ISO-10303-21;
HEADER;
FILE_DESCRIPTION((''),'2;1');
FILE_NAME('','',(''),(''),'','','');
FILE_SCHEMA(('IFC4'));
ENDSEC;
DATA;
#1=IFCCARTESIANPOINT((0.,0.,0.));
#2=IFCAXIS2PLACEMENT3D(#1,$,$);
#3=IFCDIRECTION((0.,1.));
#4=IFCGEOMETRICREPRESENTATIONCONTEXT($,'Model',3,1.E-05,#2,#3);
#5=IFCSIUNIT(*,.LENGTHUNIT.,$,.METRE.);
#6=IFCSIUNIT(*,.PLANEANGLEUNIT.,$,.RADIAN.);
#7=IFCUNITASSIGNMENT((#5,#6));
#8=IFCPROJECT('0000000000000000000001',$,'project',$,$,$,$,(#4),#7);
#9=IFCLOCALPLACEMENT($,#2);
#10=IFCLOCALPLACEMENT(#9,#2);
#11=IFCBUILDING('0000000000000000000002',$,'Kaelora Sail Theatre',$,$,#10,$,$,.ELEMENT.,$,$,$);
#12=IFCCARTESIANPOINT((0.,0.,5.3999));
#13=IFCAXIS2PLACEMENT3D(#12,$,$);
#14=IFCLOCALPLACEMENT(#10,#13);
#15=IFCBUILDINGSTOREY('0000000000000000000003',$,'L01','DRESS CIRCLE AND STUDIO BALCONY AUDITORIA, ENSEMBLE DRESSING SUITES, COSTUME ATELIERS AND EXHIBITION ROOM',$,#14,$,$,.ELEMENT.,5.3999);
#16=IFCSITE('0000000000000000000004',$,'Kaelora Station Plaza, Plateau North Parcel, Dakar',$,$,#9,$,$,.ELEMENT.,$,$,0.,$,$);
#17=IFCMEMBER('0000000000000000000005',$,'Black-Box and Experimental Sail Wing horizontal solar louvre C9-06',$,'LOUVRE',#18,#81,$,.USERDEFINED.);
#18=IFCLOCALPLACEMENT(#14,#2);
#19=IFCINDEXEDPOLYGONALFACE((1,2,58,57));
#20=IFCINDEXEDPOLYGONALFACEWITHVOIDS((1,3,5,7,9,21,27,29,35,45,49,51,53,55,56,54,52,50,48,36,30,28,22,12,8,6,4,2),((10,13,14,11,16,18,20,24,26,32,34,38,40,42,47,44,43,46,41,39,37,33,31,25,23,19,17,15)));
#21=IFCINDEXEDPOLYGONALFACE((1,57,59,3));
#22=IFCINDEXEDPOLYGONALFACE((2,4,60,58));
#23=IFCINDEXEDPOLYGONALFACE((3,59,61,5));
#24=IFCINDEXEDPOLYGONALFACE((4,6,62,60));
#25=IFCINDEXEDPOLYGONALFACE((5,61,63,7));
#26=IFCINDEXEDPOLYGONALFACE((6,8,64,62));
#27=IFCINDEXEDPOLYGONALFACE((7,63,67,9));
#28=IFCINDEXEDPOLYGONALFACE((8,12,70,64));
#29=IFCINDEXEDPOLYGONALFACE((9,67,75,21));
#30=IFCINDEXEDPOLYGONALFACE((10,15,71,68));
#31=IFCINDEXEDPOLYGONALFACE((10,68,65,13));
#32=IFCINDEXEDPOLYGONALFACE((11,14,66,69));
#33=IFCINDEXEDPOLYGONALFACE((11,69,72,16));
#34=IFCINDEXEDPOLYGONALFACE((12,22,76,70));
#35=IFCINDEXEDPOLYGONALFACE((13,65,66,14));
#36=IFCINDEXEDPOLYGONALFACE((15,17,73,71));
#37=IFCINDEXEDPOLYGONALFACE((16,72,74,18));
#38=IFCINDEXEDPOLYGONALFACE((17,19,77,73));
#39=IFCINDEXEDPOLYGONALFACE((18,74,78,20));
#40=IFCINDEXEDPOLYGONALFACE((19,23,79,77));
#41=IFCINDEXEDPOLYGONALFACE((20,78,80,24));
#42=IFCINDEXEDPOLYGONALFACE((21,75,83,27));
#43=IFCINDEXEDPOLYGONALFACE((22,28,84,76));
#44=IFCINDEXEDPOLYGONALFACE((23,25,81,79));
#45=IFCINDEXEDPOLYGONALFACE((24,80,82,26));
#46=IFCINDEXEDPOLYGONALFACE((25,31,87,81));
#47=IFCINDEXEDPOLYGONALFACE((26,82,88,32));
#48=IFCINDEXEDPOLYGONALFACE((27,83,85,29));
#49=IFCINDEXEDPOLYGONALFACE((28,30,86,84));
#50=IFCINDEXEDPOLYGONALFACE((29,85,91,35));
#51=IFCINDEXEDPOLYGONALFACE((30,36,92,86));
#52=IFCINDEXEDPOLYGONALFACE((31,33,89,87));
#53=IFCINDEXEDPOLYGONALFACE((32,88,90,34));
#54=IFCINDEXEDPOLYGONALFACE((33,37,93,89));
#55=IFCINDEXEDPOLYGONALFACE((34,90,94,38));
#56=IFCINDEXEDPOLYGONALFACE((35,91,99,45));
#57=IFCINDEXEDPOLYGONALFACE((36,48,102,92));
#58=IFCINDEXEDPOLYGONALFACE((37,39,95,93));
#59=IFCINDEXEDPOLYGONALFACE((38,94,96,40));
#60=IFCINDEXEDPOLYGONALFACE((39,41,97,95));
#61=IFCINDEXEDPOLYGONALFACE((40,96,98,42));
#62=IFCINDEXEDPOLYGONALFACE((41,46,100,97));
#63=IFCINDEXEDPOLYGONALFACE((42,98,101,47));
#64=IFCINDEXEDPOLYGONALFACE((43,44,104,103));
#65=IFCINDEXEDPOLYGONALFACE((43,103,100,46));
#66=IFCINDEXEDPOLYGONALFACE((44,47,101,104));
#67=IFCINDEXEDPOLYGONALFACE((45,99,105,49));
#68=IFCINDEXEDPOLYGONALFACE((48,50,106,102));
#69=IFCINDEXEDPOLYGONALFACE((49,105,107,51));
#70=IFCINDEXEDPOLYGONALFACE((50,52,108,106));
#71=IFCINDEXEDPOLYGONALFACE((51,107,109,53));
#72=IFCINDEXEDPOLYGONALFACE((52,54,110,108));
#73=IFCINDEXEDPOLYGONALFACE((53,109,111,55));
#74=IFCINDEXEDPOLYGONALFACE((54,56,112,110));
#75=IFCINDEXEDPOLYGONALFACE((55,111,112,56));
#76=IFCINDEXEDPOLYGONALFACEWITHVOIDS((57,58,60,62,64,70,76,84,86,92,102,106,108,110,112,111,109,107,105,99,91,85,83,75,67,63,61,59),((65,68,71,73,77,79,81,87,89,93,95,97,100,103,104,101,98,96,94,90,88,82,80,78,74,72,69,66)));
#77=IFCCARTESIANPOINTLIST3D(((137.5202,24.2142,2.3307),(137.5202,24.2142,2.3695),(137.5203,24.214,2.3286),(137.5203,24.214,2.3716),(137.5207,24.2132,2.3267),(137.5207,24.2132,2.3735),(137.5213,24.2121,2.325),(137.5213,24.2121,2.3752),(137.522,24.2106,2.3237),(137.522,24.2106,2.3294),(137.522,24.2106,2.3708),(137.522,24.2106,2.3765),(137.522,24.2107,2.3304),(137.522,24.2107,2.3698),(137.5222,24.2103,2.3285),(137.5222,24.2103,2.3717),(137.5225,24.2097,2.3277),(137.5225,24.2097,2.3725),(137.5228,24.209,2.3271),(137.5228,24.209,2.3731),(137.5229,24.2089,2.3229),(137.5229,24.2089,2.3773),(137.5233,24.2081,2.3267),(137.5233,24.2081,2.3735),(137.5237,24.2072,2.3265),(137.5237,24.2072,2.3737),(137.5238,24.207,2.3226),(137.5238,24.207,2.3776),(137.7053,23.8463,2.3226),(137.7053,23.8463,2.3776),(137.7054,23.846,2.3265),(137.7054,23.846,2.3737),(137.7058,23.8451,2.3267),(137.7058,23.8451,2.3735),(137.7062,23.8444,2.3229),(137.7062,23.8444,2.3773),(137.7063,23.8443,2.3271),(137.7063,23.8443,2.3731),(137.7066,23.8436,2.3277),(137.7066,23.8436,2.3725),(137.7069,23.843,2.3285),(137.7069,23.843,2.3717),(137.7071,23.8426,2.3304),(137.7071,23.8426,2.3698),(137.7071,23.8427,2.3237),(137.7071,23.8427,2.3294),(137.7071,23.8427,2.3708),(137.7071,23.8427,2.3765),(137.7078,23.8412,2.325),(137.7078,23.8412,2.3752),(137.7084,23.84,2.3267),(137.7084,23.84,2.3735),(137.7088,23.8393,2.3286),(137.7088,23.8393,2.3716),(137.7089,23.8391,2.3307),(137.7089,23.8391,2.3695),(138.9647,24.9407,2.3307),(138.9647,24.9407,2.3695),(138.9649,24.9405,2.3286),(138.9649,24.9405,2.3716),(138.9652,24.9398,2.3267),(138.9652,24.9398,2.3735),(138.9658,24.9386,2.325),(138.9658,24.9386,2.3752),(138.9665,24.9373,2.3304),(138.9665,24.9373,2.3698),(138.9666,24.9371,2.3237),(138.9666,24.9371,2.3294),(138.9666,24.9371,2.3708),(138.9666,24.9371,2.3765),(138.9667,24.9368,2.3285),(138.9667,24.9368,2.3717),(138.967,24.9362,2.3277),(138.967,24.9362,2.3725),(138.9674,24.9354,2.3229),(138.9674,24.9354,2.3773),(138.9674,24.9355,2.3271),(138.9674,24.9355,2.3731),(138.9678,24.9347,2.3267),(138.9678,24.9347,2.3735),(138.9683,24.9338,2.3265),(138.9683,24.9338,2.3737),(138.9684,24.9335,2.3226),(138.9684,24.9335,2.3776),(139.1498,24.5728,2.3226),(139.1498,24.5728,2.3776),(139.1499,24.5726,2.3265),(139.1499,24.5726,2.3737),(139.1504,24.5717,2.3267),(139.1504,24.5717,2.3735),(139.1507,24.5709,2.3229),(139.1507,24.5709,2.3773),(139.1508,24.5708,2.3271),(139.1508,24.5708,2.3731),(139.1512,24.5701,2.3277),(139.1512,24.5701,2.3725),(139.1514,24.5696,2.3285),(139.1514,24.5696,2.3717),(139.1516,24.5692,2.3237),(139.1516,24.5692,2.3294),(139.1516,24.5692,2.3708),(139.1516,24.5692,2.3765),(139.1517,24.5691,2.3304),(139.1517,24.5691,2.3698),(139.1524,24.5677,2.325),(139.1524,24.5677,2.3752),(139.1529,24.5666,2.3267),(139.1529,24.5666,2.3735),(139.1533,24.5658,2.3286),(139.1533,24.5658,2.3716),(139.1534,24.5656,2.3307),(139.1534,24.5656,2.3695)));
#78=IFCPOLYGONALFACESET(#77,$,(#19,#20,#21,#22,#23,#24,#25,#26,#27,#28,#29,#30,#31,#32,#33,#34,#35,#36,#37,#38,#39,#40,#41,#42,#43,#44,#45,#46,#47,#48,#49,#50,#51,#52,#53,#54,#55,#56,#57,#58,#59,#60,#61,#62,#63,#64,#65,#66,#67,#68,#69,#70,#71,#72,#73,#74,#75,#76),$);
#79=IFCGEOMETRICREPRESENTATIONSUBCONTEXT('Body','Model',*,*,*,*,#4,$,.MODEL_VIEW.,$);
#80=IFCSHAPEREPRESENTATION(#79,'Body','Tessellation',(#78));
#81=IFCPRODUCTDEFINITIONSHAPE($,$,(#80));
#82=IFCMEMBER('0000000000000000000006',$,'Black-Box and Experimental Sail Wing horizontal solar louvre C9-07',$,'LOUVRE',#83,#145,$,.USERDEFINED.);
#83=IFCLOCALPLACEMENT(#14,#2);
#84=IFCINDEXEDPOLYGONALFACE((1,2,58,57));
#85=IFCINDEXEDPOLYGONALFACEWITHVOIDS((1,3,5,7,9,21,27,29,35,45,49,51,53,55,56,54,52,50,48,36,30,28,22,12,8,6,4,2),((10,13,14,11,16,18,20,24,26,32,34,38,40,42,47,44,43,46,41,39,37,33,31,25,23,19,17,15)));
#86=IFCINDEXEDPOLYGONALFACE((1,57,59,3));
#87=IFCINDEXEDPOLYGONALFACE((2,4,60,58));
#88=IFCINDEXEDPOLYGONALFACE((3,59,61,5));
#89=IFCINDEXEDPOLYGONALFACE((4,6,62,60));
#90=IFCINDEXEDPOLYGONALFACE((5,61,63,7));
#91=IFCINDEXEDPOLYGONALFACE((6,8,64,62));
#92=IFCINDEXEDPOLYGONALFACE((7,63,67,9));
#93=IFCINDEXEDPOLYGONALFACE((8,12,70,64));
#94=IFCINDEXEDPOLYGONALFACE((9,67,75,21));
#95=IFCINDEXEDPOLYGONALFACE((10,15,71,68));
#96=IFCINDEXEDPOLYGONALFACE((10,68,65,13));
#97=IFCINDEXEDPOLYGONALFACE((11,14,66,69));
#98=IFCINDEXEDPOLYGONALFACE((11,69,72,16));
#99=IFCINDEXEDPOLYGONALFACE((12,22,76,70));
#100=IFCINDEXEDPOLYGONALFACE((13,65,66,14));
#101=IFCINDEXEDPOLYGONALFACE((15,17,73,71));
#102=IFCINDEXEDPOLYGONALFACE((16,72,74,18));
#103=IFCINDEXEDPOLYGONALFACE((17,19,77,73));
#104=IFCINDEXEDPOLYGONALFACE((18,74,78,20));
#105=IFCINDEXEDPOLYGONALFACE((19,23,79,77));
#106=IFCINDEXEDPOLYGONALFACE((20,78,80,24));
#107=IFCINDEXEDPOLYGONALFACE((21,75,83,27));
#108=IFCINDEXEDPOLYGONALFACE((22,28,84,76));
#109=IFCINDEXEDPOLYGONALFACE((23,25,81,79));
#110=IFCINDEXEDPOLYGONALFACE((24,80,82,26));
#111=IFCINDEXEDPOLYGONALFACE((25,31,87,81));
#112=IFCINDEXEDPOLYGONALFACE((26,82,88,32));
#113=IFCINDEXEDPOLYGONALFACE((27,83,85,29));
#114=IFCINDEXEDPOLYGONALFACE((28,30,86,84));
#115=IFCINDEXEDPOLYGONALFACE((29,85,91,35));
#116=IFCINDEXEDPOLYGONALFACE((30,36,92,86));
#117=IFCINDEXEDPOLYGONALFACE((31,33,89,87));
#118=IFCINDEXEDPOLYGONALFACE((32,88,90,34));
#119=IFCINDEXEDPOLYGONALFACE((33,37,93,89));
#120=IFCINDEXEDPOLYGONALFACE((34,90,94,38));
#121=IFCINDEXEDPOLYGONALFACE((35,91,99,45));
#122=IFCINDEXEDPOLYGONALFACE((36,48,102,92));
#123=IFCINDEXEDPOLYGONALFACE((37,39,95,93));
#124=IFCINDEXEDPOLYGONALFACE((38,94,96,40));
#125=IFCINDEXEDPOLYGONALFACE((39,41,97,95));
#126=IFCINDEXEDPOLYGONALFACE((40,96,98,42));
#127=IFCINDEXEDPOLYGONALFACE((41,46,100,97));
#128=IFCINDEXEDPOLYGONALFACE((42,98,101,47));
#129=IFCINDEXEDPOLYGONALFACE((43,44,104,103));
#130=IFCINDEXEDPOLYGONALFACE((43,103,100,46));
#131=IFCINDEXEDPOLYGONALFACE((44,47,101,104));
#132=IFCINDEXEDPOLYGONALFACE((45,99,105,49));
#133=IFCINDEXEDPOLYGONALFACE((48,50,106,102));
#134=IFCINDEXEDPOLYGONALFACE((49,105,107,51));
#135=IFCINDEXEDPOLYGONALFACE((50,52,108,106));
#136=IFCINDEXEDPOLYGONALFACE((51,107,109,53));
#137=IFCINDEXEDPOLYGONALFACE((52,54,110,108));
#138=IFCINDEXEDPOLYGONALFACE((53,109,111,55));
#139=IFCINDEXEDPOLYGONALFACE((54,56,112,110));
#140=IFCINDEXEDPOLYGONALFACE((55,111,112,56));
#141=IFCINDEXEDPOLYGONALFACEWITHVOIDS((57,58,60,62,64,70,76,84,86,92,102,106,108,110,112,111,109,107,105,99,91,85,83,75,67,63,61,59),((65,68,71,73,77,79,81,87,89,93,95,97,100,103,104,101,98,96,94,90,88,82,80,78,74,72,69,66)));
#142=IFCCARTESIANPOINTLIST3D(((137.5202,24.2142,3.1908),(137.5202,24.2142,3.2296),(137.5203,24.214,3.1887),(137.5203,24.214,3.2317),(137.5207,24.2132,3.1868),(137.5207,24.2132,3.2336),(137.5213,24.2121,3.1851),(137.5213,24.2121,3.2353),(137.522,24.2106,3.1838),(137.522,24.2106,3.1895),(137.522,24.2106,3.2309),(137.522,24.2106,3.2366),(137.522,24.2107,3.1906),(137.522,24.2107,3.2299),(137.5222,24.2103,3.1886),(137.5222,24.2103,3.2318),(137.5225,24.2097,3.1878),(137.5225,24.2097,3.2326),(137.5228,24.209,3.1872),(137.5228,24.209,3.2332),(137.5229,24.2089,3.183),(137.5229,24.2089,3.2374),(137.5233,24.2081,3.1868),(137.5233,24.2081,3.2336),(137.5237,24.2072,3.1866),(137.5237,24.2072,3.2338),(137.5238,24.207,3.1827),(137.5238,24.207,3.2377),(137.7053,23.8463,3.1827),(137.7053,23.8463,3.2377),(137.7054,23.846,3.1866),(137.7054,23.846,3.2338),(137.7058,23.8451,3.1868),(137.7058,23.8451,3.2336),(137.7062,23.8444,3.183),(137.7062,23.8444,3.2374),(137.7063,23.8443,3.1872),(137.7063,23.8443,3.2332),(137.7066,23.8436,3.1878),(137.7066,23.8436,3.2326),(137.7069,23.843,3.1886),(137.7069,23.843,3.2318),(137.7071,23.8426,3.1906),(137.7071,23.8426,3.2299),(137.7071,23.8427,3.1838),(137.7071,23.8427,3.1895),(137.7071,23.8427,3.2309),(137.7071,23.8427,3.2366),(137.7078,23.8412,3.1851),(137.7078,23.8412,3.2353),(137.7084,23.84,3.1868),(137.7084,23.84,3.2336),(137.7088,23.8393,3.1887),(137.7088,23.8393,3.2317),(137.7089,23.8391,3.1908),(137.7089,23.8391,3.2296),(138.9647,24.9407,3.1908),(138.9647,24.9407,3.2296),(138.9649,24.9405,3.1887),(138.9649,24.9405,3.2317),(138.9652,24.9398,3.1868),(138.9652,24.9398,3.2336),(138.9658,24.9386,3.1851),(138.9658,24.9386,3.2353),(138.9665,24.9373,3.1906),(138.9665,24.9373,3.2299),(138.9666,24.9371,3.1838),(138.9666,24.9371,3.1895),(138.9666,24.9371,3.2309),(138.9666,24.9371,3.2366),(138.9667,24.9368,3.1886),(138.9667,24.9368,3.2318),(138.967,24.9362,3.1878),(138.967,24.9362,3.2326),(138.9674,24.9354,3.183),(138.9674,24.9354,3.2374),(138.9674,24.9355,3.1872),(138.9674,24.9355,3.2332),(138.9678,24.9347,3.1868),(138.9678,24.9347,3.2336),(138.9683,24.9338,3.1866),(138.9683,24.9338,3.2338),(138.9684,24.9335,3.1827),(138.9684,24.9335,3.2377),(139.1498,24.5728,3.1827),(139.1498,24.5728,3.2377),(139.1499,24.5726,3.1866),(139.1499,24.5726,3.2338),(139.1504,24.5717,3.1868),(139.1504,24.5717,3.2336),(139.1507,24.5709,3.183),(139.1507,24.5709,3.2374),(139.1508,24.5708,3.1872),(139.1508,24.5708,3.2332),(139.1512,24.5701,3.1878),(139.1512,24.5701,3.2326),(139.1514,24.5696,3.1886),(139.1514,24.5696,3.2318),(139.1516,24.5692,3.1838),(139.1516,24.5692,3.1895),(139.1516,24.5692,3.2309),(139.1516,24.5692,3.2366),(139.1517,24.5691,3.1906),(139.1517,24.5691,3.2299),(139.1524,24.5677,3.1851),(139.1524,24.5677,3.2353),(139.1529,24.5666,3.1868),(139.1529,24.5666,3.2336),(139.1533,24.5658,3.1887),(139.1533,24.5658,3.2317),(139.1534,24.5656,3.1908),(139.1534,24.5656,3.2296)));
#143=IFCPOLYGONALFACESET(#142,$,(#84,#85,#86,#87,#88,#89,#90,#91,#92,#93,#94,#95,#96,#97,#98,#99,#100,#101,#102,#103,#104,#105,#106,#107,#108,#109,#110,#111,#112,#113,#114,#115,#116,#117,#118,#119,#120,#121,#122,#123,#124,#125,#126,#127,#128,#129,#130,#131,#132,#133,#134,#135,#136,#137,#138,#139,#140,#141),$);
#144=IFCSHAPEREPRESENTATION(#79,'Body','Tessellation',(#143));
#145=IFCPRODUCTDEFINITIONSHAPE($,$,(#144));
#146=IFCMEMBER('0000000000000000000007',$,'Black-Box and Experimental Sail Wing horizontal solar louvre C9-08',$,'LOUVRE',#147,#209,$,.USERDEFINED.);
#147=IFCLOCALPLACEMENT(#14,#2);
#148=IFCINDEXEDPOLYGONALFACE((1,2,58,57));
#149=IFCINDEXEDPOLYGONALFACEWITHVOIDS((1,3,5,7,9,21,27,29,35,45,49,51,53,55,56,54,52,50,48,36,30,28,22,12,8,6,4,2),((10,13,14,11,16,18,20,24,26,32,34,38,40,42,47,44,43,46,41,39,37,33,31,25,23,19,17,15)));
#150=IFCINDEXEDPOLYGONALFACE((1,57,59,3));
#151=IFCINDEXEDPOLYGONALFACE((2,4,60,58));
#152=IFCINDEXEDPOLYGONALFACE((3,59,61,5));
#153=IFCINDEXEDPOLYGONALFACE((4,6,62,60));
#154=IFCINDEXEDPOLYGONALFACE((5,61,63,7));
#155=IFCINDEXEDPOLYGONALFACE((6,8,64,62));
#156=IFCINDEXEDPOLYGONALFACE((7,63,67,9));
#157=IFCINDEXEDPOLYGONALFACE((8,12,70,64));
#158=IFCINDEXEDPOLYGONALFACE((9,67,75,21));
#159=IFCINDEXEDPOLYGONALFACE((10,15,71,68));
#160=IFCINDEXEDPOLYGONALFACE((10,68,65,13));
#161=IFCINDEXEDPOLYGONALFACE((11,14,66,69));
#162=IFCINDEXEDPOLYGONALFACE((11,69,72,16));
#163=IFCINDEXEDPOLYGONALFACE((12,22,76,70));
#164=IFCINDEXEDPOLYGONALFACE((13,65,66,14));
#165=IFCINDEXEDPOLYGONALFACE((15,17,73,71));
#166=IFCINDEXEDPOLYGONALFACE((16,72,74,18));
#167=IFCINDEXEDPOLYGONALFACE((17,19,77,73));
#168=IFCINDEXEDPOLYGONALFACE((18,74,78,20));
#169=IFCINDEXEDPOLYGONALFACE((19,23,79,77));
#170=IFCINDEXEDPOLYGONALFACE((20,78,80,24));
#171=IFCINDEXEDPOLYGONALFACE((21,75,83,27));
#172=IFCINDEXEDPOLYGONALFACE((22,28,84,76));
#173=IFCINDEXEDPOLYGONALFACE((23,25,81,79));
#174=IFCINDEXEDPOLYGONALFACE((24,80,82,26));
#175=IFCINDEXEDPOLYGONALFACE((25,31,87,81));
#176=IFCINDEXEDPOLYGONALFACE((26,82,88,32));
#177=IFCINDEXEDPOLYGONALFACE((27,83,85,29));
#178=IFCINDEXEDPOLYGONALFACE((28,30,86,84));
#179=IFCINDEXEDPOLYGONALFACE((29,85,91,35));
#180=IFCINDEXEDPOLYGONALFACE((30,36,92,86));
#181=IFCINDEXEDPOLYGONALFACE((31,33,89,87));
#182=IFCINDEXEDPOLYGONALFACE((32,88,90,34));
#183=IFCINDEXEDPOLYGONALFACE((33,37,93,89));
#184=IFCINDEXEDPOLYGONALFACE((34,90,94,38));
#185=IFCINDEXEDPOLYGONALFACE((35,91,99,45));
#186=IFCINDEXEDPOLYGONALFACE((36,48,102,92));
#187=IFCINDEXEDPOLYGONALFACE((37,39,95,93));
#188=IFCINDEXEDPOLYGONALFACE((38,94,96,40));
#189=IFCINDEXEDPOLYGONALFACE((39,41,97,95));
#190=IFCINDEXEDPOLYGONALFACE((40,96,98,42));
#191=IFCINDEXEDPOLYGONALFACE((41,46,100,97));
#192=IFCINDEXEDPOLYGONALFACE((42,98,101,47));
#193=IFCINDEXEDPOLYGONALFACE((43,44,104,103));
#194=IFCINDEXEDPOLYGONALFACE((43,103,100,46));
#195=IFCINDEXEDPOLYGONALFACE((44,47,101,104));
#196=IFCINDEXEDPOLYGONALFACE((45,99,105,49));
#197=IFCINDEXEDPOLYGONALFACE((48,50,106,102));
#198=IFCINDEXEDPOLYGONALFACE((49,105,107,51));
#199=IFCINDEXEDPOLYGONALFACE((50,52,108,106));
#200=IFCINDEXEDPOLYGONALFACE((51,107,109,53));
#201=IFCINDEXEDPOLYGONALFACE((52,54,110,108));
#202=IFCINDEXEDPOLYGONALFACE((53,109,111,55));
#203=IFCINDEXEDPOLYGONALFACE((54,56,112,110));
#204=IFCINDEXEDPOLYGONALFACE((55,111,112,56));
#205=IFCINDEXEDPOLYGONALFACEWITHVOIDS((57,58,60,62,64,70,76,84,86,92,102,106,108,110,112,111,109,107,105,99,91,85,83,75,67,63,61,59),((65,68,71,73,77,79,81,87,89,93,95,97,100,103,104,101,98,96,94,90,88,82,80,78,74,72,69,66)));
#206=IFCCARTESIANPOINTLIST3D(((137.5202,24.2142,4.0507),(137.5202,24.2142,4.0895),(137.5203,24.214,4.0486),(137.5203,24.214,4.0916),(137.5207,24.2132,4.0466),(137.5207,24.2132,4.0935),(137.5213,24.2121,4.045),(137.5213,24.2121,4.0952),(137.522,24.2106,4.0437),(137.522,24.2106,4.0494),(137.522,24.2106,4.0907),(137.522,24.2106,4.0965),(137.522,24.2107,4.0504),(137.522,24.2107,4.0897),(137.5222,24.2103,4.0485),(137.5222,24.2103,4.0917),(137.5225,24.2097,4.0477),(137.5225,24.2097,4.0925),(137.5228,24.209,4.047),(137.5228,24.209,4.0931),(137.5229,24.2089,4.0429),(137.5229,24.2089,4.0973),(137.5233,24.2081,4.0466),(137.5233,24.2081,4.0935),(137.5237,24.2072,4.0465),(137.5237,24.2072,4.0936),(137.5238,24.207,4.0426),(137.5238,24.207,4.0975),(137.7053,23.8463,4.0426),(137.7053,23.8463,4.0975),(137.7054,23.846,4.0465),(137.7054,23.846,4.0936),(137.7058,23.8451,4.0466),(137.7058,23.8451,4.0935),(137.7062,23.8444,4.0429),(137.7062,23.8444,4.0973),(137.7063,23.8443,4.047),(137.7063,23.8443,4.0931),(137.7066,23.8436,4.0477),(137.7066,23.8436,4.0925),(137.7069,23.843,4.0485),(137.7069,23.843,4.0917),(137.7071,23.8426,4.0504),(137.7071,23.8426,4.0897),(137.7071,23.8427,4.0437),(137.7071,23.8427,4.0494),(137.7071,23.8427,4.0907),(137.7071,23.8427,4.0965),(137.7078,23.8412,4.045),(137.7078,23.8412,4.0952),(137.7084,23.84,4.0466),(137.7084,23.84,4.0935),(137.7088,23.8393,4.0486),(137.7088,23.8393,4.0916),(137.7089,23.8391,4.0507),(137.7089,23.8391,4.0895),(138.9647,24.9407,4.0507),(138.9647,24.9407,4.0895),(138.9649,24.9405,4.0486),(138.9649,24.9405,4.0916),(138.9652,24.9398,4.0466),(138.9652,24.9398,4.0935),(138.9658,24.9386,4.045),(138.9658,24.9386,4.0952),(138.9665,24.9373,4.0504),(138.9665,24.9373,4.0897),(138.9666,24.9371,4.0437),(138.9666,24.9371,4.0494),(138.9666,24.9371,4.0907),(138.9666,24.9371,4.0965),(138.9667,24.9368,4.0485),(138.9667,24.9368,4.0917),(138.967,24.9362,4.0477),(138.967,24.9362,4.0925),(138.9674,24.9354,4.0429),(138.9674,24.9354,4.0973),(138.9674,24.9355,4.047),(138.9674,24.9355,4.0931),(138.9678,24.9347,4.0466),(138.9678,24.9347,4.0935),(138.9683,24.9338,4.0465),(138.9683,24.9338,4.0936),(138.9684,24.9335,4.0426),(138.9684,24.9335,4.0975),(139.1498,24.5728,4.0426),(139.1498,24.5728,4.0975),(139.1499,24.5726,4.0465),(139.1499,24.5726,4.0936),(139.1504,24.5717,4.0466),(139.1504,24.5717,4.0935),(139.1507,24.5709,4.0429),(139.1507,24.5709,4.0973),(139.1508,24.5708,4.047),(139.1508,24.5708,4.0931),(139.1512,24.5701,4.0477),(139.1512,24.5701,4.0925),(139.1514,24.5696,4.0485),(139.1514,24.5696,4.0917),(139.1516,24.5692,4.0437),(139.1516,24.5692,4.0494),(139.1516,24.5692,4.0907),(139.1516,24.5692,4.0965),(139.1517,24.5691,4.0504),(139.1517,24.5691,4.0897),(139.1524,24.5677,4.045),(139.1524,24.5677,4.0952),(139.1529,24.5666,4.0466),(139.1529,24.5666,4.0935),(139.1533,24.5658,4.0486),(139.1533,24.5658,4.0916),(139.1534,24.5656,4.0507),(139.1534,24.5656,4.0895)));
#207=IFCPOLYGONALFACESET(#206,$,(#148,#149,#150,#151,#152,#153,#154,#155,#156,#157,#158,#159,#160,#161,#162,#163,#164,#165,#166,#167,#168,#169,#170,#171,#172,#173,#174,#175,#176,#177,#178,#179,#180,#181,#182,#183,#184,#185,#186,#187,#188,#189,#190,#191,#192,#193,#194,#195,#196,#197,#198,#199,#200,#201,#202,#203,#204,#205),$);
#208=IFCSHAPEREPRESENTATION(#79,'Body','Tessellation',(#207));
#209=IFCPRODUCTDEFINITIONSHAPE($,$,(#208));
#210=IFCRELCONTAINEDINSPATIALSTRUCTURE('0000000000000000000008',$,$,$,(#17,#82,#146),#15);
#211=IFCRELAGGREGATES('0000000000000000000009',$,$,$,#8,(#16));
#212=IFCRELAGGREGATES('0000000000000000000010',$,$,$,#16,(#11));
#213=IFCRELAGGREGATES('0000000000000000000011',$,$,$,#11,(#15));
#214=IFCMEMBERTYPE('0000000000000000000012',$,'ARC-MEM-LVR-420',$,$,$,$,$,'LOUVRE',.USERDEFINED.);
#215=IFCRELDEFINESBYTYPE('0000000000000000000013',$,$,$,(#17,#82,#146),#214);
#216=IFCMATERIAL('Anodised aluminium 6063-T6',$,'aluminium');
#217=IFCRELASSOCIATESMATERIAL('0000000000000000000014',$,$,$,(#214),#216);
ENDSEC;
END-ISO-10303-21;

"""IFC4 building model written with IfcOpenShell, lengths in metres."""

from ifc_helpers import new_model, si_unit, direction, frame, origin, origin_2d, place, context, subcontext, project, spatial, hollow_rectangle, extrude, material, material_profile, profile_set, type_object, element, save


model = new_model("IFC4")

# Units and contexts
model_context = context("Model", 3, precision=1e-05, world=origin(), true_north=direction((0.0, 1.0)))
body_context = subcontext(model_context, "Body", "Model", "MODEL_VIEW")
ifc_project = project(units=[si_unit("LENGTHUNIT", "METRE"), si_unit("PLANEANGLEUNIT", "RADIAN")], contexts=[model_context])

# Site, building, storey
site_placement = place(None, origin())
site = spatial("IfcSite", under=ifc_project, at=site_placement, Name="Kaelora Station Plaza, Plateau North Parcel, Dakar", CompositionType="ELEMENT", RefElevation=0.0)
building_placement = place(site_placement, origin())
building = spatial("IfcBuilding", under=site, at=building_placement, Name="Kaelora Sail Theatre", CompositionType="ELEMENT")
storey_placement = place(building_placement, frame((0.0, 0.0, 5.3999)))
storey = spatial("IfcBuildingStorey", under=building, at=storey_placement, Name="L01", Description="DRESS CIRCLE AND STUDIO BALCONY AUDITORIA, ENSEMBLE DRESSING SUITES, COSTUME ATELIERS AND EXHIBITION ROOM", CompositionType="ELEMENT", Elevation=5.3999)

# Members
ifc_material_1 = material(Name="Anodised aluminium 6063-T6", Category="aluminium")
ifc_material_profile_1 = material_profile(ifc_material_1, hollow_rectangle(XDim=0.4199, YDim=0.0549, WallThickness=0.0039, InnerFilletRadius=0.0039, OuterFilletRadius=0.0081, at=origin_2d()), Name="LOUVRE 420x55x4")
ifc_profile_set_1 = profile_set([ifc_material_profile_1], Name="Anodised aluminium 6063-T6")
member_type = type_object("IfcMemberType", Name="ARC-MEM-LVR-420", ElementType="LOUVRE", PredefinedType="USERDEFINED", material=ifc_profile_set_1)
for number, where, z_axis, x_axis, name in (
    (1, (139.0591, 24.7532, 2.3501), (-0.893368, -0.449326, 0.0), (0.449326, -0.893368, 0.0), "Black-Box and Experimental Sail Wing horizontal solar louvre C9-06"),
    (2, (139.0591, 24.7532, 3.2102), (-0.893368, -0.449326, 0.0), (0.449326, -0.893368, 0.0), "Black-Box and Experimental Sail Wing horizontal solar louvre C9-07"),
    (3, (139.0591, 24.7532, 4.0701), (-0.893368, -0.449326, 0.0), (0.449326, -0.893368, 0.0), "Black-Box and Experimental Sail Wing horizontal solar louvre C9-08"),
):
    element("IfcMember", number, at=place(storey_placement, frame(where, z_axis=z_axis, x_axis=x_axis)), inside=storey, type_object=member_type, Name=name, ObjectType="LOUVRE", PredefinedType="USERDEFINED", context=body_context, shape_type="SweptSolid", body=[
        extrude(hollow_rectangle(XDim=0.4199, YDim=0.0549, WallThickness=0.0039, InnerFilletRadius=0.0039, OuterFilletRadius=0.0081, at=origin_2d()), origin(), (0.0, 0.0, 1.0), 1.6169),
    ])

save(model, "model.ifc")
